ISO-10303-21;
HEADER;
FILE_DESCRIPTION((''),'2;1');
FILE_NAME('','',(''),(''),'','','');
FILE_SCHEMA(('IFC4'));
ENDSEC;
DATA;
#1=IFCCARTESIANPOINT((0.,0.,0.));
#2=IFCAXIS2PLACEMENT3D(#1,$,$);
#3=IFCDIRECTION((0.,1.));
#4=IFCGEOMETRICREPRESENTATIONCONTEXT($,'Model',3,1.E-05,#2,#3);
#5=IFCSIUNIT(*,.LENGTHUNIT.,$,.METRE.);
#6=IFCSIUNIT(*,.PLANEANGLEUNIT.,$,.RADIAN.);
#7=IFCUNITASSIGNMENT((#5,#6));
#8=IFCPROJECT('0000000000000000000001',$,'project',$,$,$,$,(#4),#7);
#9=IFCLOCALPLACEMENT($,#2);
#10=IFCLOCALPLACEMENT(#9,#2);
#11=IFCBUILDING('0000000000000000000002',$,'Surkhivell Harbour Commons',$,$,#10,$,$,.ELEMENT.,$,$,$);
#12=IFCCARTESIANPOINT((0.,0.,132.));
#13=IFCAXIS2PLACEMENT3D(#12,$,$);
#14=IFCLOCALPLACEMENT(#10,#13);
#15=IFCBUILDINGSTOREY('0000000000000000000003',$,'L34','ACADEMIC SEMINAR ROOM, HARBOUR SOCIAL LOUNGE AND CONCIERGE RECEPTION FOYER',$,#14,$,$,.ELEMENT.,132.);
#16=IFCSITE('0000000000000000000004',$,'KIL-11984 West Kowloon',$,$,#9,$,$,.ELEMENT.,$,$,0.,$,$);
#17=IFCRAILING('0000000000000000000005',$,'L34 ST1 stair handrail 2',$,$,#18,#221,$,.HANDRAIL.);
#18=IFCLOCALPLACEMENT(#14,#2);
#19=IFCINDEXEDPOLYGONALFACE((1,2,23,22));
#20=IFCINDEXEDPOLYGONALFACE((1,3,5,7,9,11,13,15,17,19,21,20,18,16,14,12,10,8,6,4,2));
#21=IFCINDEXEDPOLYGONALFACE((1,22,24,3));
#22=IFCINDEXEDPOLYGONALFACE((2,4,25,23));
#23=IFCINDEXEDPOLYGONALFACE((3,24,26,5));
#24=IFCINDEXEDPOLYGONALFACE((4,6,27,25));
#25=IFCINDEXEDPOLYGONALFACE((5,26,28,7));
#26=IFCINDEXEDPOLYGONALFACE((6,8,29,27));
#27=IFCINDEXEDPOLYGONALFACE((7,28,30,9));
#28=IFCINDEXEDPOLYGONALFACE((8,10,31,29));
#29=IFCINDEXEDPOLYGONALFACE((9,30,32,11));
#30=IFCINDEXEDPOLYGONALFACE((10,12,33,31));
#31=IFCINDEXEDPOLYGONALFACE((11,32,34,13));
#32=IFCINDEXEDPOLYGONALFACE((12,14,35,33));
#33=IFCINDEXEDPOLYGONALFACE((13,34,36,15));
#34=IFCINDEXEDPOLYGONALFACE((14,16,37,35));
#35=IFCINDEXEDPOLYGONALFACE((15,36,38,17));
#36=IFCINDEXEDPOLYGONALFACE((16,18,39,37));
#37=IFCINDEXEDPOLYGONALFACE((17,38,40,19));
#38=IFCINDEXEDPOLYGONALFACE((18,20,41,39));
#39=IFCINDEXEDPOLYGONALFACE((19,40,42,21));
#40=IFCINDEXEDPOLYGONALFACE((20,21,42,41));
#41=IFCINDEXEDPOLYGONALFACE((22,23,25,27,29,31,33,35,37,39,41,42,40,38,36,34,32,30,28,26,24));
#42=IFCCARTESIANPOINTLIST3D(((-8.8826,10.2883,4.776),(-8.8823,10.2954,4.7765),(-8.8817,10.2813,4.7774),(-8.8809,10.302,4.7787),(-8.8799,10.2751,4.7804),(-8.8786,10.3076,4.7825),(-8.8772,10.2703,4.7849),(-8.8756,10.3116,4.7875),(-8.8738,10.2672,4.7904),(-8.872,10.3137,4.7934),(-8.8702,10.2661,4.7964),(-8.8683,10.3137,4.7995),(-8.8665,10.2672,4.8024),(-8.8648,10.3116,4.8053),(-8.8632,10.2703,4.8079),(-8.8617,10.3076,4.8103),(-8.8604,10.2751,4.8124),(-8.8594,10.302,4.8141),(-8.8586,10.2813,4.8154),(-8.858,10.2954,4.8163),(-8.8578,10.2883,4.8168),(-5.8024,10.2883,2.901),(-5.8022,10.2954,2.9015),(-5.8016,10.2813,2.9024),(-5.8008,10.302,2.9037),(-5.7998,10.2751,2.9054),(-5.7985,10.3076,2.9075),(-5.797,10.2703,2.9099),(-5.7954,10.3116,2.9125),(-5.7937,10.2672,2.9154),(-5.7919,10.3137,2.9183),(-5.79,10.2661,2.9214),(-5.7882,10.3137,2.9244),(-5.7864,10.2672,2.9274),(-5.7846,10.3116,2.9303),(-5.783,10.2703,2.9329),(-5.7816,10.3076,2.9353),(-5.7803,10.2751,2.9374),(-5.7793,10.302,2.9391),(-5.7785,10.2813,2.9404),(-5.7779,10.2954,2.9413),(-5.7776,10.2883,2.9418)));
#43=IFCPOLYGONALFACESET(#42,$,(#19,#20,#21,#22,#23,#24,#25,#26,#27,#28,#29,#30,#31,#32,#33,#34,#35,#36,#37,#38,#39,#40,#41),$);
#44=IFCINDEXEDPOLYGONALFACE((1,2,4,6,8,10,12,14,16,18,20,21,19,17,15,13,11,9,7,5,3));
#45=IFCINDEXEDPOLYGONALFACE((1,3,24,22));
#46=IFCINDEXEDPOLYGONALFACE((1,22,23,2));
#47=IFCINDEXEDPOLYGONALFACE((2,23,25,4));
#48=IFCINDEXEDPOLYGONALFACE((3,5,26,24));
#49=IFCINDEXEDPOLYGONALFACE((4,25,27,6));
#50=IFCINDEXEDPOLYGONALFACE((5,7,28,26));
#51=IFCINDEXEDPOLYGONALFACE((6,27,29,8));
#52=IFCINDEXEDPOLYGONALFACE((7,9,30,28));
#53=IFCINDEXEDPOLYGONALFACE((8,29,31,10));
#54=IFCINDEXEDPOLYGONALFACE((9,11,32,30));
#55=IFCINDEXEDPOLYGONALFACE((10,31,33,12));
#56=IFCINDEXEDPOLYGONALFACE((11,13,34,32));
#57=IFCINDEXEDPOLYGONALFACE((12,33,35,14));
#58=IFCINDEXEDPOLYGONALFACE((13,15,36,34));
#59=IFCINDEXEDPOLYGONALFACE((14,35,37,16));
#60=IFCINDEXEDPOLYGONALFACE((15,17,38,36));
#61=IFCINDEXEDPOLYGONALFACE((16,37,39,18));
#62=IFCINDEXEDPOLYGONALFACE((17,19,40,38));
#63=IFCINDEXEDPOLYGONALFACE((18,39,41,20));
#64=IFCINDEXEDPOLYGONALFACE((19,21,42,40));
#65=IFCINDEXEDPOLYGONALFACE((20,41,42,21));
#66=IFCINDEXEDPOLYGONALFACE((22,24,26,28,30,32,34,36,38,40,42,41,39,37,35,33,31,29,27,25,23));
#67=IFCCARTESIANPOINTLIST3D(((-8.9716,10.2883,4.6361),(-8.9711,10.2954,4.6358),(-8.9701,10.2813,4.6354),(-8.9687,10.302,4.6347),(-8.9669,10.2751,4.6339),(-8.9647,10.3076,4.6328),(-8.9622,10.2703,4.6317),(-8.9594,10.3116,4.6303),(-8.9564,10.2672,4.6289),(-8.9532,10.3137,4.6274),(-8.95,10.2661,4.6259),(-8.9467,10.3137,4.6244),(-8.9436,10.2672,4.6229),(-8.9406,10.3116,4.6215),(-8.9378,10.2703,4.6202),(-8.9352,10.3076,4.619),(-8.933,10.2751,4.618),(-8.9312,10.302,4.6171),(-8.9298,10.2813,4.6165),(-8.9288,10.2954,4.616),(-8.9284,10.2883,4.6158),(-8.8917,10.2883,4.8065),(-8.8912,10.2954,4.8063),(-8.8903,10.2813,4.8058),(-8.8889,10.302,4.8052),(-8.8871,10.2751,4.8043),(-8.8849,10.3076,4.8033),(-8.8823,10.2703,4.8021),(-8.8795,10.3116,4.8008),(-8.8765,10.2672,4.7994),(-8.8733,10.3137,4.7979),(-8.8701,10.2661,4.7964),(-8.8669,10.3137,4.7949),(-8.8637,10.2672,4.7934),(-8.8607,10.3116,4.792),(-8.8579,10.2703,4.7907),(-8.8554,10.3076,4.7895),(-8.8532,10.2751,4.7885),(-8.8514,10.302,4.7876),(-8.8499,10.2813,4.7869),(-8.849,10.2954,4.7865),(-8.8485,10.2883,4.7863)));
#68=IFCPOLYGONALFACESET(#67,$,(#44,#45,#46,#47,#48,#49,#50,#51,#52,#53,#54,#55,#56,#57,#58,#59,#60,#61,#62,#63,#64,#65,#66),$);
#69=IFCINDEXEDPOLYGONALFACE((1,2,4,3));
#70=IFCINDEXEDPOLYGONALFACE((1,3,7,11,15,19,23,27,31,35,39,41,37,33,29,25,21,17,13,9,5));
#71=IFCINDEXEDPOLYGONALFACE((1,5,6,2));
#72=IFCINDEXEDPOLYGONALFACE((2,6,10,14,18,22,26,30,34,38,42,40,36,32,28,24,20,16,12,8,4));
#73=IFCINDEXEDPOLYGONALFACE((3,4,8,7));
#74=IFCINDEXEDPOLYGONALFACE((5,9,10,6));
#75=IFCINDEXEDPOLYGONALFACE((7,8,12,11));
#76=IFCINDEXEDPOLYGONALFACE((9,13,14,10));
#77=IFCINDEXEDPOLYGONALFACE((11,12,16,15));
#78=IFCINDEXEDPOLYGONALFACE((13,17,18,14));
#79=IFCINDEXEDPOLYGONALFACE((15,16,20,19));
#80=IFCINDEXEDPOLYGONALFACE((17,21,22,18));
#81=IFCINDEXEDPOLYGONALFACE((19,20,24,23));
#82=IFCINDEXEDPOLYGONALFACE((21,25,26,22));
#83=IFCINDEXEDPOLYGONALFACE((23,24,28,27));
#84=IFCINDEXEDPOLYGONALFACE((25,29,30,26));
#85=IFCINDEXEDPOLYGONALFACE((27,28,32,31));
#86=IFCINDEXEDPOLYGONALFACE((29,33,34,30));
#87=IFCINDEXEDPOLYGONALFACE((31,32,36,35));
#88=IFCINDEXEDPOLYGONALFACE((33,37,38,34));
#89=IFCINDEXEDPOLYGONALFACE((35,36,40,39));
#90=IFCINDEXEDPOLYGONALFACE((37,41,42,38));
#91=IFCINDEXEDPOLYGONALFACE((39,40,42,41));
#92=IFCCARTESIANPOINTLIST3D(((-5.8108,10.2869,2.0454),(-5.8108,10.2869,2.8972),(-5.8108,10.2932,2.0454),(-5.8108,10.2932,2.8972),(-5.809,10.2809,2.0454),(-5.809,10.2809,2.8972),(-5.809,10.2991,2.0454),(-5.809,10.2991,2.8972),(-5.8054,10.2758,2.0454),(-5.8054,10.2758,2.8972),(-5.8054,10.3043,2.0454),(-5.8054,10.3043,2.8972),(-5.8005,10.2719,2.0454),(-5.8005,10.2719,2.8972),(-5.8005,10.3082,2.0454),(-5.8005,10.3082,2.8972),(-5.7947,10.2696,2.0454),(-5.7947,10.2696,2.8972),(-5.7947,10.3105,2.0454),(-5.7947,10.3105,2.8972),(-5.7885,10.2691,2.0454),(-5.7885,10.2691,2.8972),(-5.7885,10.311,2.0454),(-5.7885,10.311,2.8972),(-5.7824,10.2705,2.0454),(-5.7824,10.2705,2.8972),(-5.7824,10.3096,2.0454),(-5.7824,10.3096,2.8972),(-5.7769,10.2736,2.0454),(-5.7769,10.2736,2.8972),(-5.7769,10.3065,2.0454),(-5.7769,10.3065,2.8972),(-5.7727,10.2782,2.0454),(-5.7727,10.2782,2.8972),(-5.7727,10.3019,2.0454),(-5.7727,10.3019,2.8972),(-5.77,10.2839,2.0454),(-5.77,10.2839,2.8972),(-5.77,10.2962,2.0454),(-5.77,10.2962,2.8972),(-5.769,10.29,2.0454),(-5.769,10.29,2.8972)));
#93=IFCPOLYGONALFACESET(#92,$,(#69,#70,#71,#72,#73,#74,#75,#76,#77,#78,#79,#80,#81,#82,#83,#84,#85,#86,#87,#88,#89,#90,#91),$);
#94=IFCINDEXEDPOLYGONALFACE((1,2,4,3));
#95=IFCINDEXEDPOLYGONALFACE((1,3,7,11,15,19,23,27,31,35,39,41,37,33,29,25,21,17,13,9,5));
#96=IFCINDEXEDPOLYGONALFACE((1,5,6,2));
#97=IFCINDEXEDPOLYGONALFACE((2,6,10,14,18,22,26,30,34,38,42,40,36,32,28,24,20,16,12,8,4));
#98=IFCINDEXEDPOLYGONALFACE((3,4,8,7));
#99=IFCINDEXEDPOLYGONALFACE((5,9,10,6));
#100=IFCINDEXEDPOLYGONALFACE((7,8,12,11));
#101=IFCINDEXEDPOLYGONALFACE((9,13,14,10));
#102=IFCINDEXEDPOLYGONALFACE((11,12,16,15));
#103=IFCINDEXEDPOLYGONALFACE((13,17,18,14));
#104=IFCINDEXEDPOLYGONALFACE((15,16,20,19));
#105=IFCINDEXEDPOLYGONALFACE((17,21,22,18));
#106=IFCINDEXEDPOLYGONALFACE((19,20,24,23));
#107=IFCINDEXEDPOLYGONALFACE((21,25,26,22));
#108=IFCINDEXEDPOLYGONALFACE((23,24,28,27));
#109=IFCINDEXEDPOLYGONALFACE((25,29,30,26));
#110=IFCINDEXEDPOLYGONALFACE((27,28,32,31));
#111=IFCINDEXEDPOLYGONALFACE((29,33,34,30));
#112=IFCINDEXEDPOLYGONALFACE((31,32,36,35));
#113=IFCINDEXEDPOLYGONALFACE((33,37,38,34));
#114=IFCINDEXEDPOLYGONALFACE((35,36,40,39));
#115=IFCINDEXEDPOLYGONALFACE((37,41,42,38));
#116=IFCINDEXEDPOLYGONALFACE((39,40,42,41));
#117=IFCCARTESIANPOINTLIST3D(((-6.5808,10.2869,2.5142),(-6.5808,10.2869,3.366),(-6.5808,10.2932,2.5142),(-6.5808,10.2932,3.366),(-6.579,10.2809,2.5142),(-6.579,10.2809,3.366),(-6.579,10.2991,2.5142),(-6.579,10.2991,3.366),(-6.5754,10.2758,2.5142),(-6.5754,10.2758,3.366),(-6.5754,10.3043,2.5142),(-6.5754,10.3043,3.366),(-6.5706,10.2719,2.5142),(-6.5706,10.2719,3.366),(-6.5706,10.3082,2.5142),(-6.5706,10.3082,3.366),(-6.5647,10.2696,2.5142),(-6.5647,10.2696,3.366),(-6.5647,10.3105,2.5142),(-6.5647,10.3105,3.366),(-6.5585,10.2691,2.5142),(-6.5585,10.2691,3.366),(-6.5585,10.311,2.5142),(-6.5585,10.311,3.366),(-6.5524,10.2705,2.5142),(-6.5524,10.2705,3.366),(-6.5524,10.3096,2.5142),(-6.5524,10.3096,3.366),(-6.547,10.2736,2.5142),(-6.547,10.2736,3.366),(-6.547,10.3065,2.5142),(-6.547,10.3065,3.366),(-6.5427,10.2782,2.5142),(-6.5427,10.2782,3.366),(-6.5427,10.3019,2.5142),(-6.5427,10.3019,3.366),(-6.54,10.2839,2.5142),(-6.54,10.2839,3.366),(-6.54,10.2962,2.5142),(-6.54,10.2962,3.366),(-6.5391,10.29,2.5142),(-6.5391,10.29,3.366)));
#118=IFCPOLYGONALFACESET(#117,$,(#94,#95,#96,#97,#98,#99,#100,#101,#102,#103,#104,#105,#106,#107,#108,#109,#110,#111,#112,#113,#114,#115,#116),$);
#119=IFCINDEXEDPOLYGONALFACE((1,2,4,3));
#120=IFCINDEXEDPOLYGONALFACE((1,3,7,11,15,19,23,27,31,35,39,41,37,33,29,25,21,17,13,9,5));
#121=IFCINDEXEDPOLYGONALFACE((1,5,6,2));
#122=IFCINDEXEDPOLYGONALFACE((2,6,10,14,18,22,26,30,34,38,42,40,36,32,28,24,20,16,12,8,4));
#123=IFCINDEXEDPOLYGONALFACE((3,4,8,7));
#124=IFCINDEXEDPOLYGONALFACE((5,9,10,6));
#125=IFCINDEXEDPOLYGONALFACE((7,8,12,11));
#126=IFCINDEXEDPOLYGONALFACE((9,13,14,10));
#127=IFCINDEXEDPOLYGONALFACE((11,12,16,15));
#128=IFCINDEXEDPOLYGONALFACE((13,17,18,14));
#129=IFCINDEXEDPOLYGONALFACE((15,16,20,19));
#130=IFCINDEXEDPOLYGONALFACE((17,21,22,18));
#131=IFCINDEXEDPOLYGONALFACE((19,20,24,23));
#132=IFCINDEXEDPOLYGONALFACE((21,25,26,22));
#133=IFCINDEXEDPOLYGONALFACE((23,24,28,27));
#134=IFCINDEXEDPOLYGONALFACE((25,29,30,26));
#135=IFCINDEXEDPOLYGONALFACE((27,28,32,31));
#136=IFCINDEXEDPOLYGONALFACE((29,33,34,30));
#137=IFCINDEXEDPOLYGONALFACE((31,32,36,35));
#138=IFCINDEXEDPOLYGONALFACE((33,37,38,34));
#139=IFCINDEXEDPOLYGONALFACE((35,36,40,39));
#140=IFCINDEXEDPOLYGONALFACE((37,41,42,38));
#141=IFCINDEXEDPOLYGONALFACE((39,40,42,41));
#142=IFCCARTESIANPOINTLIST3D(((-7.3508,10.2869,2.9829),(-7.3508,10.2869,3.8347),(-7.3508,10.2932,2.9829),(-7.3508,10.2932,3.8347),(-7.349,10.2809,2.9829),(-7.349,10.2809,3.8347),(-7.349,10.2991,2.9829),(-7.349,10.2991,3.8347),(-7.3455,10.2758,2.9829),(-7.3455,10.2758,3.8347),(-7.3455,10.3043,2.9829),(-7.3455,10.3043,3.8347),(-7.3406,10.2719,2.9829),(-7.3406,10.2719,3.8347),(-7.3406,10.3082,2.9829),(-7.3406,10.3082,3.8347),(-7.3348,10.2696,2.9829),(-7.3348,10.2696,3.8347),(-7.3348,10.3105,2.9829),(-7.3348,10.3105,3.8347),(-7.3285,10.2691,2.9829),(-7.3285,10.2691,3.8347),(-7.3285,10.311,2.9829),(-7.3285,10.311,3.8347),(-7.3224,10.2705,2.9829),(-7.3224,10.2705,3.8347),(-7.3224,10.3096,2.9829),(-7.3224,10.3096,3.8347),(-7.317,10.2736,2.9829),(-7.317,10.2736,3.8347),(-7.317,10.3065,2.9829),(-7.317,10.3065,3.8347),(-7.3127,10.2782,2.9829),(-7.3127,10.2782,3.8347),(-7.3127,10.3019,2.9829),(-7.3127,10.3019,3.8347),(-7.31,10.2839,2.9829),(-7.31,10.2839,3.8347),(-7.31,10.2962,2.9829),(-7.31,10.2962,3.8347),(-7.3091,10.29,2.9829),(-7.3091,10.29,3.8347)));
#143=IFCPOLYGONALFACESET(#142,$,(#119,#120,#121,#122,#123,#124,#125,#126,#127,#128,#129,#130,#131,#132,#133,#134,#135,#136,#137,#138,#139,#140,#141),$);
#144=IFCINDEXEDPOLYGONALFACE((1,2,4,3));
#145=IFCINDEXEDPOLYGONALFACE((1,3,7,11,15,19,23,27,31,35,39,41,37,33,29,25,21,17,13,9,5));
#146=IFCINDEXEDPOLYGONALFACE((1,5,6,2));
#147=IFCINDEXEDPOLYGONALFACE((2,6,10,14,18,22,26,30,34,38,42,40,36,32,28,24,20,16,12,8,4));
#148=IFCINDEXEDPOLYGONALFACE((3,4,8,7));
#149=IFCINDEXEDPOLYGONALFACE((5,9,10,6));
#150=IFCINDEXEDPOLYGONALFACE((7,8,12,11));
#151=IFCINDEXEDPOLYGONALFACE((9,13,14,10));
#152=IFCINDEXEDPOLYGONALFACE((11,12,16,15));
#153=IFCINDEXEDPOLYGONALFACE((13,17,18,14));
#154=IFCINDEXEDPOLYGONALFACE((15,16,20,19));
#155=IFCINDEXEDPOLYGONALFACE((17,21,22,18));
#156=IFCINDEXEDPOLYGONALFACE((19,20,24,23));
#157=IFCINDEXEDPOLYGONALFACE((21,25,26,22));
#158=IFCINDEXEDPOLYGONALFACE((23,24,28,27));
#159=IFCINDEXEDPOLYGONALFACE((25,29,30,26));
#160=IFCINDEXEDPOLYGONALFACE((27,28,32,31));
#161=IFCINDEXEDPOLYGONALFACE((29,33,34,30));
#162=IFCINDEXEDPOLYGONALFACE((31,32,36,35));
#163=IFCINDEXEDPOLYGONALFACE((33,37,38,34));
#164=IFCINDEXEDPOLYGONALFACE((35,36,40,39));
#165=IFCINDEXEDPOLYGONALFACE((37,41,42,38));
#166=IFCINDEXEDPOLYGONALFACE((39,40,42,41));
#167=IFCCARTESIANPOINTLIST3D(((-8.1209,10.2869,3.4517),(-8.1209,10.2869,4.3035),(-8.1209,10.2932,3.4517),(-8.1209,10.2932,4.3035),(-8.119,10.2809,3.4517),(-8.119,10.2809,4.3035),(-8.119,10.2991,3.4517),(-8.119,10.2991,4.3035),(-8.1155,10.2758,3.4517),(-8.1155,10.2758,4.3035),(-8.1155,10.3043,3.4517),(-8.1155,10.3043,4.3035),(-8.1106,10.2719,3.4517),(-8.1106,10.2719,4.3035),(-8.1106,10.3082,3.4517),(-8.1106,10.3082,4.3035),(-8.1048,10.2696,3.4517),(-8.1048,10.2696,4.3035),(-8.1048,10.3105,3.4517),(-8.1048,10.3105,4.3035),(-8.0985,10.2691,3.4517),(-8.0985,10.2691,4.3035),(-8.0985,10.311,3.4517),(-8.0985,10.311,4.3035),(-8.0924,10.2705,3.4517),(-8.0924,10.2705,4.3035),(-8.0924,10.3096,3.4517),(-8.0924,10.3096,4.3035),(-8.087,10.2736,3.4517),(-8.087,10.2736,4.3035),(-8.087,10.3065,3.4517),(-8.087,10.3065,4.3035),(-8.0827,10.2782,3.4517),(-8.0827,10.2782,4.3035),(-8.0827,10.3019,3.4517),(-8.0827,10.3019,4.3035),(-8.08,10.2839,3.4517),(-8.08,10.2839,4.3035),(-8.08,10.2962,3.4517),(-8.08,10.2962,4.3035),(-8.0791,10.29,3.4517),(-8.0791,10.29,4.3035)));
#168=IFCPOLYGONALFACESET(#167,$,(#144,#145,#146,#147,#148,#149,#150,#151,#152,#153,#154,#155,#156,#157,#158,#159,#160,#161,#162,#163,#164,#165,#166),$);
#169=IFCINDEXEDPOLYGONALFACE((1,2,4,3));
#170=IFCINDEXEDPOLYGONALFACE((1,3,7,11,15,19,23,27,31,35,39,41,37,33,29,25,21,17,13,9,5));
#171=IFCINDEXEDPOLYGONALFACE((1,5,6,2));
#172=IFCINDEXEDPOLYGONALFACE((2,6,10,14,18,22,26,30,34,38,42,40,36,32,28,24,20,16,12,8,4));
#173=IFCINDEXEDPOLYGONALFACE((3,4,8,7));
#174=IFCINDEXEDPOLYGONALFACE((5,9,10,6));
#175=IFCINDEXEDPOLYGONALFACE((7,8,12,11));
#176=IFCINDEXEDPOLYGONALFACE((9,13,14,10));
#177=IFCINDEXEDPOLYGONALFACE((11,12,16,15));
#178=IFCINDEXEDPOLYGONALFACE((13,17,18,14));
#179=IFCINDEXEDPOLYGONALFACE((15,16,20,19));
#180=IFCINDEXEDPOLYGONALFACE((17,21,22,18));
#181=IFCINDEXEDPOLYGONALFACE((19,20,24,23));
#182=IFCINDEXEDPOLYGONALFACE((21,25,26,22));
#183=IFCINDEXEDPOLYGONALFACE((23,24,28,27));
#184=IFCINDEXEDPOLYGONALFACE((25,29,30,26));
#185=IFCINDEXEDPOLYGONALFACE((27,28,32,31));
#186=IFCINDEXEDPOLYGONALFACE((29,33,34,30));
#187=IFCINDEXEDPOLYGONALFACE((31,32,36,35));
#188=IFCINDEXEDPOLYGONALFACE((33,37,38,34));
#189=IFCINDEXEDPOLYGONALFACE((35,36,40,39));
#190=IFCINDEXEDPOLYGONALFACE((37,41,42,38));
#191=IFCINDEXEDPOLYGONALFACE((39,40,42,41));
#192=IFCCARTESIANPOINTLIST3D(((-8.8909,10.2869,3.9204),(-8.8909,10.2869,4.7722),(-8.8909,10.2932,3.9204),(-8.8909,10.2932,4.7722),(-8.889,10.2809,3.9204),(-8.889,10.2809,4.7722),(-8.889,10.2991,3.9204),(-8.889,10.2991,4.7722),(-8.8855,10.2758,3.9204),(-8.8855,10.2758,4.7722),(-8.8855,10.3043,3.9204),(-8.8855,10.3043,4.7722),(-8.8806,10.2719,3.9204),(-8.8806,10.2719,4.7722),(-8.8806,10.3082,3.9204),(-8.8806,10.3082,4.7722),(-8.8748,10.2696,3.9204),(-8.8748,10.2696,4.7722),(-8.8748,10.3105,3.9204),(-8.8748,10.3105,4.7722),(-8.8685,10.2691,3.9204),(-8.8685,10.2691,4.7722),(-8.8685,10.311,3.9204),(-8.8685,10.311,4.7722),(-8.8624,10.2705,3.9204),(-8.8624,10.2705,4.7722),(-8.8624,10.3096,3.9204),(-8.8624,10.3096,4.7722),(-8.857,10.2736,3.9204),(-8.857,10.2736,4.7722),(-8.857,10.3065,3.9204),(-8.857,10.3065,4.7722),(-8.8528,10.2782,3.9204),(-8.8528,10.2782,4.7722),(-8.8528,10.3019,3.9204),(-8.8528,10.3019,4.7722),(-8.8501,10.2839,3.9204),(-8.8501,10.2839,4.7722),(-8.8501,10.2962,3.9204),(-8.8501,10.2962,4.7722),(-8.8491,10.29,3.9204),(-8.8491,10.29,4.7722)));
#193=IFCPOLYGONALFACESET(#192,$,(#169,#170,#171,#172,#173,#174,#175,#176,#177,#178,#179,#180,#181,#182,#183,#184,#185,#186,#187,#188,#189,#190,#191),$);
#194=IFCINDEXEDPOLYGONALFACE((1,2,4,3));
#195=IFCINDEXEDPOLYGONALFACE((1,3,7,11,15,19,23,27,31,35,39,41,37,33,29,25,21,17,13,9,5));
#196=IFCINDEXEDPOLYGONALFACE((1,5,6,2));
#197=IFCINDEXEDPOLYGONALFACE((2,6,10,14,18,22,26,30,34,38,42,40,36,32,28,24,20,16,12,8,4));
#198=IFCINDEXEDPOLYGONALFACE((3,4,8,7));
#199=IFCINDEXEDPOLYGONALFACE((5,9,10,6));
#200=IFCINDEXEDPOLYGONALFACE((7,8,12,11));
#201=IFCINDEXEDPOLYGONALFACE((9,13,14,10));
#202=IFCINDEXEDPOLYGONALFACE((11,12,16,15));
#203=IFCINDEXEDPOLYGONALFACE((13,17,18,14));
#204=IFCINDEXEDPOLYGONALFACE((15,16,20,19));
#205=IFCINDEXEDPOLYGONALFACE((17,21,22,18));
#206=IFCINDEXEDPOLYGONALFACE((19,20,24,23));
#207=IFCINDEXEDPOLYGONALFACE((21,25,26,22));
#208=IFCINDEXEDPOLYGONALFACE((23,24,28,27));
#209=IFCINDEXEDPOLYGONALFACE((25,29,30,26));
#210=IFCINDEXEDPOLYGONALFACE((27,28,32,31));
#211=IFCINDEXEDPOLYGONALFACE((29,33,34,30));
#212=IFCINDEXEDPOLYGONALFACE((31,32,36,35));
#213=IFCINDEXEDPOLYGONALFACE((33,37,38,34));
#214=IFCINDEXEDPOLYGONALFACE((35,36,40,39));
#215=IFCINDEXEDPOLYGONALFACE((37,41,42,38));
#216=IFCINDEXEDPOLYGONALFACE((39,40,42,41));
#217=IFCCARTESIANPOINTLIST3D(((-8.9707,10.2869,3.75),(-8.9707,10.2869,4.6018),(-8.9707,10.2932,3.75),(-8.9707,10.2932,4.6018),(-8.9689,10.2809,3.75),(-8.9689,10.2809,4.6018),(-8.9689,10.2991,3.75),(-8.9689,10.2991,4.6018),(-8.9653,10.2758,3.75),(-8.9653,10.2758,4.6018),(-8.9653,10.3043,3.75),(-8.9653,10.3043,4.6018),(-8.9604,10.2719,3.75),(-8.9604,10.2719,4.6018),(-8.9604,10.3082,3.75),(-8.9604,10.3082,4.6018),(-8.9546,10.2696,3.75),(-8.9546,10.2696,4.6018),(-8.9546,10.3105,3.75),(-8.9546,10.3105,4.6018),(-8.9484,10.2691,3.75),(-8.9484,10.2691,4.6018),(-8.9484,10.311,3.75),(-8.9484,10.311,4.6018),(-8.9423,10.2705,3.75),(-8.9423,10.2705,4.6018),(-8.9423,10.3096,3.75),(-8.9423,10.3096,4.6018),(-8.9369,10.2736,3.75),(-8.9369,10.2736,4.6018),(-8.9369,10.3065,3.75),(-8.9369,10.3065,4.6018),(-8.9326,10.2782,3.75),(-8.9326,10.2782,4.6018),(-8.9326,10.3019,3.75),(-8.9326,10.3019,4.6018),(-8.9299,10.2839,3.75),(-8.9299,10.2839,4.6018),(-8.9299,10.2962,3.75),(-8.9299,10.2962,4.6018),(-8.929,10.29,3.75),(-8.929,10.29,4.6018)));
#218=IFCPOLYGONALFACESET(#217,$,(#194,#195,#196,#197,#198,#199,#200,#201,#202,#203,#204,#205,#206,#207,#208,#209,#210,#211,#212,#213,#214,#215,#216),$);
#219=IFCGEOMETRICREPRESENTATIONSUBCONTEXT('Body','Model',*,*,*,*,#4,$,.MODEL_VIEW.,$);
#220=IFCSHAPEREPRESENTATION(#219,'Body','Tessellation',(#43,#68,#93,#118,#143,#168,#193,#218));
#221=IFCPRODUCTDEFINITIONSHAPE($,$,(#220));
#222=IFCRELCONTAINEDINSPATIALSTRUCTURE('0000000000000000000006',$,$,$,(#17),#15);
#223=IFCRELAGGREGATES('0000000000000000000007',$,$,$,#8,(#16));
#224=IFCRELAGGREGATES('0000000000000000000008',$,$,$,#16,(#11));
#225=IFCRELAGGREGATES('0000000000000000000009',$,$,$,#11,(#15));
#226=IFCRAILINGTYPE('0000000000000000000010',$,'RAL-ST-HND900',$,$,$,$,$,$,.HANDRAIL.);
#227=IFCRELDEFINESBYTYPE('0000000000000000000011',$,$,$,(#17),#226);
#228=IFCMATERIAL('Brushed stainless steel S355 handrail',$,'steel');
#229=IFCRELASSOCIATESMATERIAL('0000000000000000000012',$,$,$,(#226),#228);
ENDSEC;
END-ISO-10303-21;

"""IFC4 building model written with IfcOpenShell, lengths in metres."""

from ifc_helpers import new_model, si_unit, direction, frame, origin, origin_2d, place, context, subcontext, project, spatial, circle, extrude, material, type_object, element, save


model = new_model("IFC4")

# Units and contexts
model_context = context("Model", 3, precision=1e-05, world=origin(), true_north=direction((0.0, 1.0)))
body_context = subcontext(model_context, "Body", "Model", "MODEL_VIEW")
ifc_project = project(units=[si_unit("LENGTHUNIT", "METRE"), si_unit("PLANEANGLEUNIT", "RADIAN")], contexts=[model_context])

# Site, building, storey
site_placement = place(None, origin())
site = spatial("IfcSite", under=ifc_project, at=site_placement, Name="KIL-11984 West Kowloon", CompositionType="ELEMENT", RefElevation=0.0)
building_placement = place(site_placement, origin())
building = spatial("IfcBuilding", under=site, at=building_placement, Name="Surkhivell Harbour Commons", CompositionType="ELEMENT")
storey_placement = place(building_placement, frame((0.0, 0.0, 132.0)))
storey = spatial("IfcBuildingStorey", under=building, at=storey_placement, Name="L34", Description="ACADEMIC SEMINAR ROOM, HARBOUR SOCIAL LOUNGE AND CONCIERGE RECEPTION FOYER", CompositionType="ELEMENT", Elevation=132.0)

# Railing
ifc_material_1 = material(Name="Brushed stainless steel S355 handrail", Category="steel")
railing_type_1 = type_object("IfcRailingType", Name="RAL-ST-HND900", PredefinedType="HANDRAIL", material=ifc_material_1)
railing_1_placement = place(storey_placement, frame((-5.79, 10.29, 2.0454)))
element("IfcRailing", 1, at=railing_1_placement, inside=storey, type_object=railing_type_1, Name="L34 ST1 stair handrail 2", PredefinedType="HANDRAIL", context=body_context, shape_type="SweptSolid", body=[
    extrude(circle(Radius=0.0239, at=origin_2d()), frame((0.0, 0.0, 0.876), z_axis=(-0.854178, 0.0, 0.519981), x_axis=(0.0, -1.0, 0.0)), (0.0, 0.0, 1.0), 3.606),
    extrude(circle(Radius=0.0239, at=origin_2d()), frame((-3.0801, 0.0, 2.751), z_axis=(-0.424234, 0.0, -0.905552), x_axis=(0.0, -1.0, 0.0)), (0.0, 0.0, 1.0), 0.1882),
    extrude(circle(Radius=0.021, at=origin_2d()), origin(), (0.0, 0.0, 1.0), 0.8518),
    extrude(circle(Radius=0.021, at=origin_2d()), frame((-0.77, 0.0, 0.4688)), (0.0, 0.0, 1.0), 0.8518),
    extrude(circle(Radius=0.021, at=origin_2d()), frame((-1.54, 0.0, 0.9375)), (0.0, 0.0, 1.0), 0.8518),
    extrude(circle(Radius=0.021, at=origin_2d()), frame((-2.3101, 0.0, 1.4062)), (0.0, 0.0, 1.0), 0.8518),
    extrude(circle(Radius=0.021, at=origin_2d()), frame((-3.0801, 0.0, 1.875)), (0.0, 0.0, 1.0), 0.8518),
    extrude(circle(Radius=0.021, at=origin_2d()), frame((-3.1599, 0.0, 1.7046)), (0.0, 0.0, 1.0), 0.8518),
])

save(model, "model.ifc")
